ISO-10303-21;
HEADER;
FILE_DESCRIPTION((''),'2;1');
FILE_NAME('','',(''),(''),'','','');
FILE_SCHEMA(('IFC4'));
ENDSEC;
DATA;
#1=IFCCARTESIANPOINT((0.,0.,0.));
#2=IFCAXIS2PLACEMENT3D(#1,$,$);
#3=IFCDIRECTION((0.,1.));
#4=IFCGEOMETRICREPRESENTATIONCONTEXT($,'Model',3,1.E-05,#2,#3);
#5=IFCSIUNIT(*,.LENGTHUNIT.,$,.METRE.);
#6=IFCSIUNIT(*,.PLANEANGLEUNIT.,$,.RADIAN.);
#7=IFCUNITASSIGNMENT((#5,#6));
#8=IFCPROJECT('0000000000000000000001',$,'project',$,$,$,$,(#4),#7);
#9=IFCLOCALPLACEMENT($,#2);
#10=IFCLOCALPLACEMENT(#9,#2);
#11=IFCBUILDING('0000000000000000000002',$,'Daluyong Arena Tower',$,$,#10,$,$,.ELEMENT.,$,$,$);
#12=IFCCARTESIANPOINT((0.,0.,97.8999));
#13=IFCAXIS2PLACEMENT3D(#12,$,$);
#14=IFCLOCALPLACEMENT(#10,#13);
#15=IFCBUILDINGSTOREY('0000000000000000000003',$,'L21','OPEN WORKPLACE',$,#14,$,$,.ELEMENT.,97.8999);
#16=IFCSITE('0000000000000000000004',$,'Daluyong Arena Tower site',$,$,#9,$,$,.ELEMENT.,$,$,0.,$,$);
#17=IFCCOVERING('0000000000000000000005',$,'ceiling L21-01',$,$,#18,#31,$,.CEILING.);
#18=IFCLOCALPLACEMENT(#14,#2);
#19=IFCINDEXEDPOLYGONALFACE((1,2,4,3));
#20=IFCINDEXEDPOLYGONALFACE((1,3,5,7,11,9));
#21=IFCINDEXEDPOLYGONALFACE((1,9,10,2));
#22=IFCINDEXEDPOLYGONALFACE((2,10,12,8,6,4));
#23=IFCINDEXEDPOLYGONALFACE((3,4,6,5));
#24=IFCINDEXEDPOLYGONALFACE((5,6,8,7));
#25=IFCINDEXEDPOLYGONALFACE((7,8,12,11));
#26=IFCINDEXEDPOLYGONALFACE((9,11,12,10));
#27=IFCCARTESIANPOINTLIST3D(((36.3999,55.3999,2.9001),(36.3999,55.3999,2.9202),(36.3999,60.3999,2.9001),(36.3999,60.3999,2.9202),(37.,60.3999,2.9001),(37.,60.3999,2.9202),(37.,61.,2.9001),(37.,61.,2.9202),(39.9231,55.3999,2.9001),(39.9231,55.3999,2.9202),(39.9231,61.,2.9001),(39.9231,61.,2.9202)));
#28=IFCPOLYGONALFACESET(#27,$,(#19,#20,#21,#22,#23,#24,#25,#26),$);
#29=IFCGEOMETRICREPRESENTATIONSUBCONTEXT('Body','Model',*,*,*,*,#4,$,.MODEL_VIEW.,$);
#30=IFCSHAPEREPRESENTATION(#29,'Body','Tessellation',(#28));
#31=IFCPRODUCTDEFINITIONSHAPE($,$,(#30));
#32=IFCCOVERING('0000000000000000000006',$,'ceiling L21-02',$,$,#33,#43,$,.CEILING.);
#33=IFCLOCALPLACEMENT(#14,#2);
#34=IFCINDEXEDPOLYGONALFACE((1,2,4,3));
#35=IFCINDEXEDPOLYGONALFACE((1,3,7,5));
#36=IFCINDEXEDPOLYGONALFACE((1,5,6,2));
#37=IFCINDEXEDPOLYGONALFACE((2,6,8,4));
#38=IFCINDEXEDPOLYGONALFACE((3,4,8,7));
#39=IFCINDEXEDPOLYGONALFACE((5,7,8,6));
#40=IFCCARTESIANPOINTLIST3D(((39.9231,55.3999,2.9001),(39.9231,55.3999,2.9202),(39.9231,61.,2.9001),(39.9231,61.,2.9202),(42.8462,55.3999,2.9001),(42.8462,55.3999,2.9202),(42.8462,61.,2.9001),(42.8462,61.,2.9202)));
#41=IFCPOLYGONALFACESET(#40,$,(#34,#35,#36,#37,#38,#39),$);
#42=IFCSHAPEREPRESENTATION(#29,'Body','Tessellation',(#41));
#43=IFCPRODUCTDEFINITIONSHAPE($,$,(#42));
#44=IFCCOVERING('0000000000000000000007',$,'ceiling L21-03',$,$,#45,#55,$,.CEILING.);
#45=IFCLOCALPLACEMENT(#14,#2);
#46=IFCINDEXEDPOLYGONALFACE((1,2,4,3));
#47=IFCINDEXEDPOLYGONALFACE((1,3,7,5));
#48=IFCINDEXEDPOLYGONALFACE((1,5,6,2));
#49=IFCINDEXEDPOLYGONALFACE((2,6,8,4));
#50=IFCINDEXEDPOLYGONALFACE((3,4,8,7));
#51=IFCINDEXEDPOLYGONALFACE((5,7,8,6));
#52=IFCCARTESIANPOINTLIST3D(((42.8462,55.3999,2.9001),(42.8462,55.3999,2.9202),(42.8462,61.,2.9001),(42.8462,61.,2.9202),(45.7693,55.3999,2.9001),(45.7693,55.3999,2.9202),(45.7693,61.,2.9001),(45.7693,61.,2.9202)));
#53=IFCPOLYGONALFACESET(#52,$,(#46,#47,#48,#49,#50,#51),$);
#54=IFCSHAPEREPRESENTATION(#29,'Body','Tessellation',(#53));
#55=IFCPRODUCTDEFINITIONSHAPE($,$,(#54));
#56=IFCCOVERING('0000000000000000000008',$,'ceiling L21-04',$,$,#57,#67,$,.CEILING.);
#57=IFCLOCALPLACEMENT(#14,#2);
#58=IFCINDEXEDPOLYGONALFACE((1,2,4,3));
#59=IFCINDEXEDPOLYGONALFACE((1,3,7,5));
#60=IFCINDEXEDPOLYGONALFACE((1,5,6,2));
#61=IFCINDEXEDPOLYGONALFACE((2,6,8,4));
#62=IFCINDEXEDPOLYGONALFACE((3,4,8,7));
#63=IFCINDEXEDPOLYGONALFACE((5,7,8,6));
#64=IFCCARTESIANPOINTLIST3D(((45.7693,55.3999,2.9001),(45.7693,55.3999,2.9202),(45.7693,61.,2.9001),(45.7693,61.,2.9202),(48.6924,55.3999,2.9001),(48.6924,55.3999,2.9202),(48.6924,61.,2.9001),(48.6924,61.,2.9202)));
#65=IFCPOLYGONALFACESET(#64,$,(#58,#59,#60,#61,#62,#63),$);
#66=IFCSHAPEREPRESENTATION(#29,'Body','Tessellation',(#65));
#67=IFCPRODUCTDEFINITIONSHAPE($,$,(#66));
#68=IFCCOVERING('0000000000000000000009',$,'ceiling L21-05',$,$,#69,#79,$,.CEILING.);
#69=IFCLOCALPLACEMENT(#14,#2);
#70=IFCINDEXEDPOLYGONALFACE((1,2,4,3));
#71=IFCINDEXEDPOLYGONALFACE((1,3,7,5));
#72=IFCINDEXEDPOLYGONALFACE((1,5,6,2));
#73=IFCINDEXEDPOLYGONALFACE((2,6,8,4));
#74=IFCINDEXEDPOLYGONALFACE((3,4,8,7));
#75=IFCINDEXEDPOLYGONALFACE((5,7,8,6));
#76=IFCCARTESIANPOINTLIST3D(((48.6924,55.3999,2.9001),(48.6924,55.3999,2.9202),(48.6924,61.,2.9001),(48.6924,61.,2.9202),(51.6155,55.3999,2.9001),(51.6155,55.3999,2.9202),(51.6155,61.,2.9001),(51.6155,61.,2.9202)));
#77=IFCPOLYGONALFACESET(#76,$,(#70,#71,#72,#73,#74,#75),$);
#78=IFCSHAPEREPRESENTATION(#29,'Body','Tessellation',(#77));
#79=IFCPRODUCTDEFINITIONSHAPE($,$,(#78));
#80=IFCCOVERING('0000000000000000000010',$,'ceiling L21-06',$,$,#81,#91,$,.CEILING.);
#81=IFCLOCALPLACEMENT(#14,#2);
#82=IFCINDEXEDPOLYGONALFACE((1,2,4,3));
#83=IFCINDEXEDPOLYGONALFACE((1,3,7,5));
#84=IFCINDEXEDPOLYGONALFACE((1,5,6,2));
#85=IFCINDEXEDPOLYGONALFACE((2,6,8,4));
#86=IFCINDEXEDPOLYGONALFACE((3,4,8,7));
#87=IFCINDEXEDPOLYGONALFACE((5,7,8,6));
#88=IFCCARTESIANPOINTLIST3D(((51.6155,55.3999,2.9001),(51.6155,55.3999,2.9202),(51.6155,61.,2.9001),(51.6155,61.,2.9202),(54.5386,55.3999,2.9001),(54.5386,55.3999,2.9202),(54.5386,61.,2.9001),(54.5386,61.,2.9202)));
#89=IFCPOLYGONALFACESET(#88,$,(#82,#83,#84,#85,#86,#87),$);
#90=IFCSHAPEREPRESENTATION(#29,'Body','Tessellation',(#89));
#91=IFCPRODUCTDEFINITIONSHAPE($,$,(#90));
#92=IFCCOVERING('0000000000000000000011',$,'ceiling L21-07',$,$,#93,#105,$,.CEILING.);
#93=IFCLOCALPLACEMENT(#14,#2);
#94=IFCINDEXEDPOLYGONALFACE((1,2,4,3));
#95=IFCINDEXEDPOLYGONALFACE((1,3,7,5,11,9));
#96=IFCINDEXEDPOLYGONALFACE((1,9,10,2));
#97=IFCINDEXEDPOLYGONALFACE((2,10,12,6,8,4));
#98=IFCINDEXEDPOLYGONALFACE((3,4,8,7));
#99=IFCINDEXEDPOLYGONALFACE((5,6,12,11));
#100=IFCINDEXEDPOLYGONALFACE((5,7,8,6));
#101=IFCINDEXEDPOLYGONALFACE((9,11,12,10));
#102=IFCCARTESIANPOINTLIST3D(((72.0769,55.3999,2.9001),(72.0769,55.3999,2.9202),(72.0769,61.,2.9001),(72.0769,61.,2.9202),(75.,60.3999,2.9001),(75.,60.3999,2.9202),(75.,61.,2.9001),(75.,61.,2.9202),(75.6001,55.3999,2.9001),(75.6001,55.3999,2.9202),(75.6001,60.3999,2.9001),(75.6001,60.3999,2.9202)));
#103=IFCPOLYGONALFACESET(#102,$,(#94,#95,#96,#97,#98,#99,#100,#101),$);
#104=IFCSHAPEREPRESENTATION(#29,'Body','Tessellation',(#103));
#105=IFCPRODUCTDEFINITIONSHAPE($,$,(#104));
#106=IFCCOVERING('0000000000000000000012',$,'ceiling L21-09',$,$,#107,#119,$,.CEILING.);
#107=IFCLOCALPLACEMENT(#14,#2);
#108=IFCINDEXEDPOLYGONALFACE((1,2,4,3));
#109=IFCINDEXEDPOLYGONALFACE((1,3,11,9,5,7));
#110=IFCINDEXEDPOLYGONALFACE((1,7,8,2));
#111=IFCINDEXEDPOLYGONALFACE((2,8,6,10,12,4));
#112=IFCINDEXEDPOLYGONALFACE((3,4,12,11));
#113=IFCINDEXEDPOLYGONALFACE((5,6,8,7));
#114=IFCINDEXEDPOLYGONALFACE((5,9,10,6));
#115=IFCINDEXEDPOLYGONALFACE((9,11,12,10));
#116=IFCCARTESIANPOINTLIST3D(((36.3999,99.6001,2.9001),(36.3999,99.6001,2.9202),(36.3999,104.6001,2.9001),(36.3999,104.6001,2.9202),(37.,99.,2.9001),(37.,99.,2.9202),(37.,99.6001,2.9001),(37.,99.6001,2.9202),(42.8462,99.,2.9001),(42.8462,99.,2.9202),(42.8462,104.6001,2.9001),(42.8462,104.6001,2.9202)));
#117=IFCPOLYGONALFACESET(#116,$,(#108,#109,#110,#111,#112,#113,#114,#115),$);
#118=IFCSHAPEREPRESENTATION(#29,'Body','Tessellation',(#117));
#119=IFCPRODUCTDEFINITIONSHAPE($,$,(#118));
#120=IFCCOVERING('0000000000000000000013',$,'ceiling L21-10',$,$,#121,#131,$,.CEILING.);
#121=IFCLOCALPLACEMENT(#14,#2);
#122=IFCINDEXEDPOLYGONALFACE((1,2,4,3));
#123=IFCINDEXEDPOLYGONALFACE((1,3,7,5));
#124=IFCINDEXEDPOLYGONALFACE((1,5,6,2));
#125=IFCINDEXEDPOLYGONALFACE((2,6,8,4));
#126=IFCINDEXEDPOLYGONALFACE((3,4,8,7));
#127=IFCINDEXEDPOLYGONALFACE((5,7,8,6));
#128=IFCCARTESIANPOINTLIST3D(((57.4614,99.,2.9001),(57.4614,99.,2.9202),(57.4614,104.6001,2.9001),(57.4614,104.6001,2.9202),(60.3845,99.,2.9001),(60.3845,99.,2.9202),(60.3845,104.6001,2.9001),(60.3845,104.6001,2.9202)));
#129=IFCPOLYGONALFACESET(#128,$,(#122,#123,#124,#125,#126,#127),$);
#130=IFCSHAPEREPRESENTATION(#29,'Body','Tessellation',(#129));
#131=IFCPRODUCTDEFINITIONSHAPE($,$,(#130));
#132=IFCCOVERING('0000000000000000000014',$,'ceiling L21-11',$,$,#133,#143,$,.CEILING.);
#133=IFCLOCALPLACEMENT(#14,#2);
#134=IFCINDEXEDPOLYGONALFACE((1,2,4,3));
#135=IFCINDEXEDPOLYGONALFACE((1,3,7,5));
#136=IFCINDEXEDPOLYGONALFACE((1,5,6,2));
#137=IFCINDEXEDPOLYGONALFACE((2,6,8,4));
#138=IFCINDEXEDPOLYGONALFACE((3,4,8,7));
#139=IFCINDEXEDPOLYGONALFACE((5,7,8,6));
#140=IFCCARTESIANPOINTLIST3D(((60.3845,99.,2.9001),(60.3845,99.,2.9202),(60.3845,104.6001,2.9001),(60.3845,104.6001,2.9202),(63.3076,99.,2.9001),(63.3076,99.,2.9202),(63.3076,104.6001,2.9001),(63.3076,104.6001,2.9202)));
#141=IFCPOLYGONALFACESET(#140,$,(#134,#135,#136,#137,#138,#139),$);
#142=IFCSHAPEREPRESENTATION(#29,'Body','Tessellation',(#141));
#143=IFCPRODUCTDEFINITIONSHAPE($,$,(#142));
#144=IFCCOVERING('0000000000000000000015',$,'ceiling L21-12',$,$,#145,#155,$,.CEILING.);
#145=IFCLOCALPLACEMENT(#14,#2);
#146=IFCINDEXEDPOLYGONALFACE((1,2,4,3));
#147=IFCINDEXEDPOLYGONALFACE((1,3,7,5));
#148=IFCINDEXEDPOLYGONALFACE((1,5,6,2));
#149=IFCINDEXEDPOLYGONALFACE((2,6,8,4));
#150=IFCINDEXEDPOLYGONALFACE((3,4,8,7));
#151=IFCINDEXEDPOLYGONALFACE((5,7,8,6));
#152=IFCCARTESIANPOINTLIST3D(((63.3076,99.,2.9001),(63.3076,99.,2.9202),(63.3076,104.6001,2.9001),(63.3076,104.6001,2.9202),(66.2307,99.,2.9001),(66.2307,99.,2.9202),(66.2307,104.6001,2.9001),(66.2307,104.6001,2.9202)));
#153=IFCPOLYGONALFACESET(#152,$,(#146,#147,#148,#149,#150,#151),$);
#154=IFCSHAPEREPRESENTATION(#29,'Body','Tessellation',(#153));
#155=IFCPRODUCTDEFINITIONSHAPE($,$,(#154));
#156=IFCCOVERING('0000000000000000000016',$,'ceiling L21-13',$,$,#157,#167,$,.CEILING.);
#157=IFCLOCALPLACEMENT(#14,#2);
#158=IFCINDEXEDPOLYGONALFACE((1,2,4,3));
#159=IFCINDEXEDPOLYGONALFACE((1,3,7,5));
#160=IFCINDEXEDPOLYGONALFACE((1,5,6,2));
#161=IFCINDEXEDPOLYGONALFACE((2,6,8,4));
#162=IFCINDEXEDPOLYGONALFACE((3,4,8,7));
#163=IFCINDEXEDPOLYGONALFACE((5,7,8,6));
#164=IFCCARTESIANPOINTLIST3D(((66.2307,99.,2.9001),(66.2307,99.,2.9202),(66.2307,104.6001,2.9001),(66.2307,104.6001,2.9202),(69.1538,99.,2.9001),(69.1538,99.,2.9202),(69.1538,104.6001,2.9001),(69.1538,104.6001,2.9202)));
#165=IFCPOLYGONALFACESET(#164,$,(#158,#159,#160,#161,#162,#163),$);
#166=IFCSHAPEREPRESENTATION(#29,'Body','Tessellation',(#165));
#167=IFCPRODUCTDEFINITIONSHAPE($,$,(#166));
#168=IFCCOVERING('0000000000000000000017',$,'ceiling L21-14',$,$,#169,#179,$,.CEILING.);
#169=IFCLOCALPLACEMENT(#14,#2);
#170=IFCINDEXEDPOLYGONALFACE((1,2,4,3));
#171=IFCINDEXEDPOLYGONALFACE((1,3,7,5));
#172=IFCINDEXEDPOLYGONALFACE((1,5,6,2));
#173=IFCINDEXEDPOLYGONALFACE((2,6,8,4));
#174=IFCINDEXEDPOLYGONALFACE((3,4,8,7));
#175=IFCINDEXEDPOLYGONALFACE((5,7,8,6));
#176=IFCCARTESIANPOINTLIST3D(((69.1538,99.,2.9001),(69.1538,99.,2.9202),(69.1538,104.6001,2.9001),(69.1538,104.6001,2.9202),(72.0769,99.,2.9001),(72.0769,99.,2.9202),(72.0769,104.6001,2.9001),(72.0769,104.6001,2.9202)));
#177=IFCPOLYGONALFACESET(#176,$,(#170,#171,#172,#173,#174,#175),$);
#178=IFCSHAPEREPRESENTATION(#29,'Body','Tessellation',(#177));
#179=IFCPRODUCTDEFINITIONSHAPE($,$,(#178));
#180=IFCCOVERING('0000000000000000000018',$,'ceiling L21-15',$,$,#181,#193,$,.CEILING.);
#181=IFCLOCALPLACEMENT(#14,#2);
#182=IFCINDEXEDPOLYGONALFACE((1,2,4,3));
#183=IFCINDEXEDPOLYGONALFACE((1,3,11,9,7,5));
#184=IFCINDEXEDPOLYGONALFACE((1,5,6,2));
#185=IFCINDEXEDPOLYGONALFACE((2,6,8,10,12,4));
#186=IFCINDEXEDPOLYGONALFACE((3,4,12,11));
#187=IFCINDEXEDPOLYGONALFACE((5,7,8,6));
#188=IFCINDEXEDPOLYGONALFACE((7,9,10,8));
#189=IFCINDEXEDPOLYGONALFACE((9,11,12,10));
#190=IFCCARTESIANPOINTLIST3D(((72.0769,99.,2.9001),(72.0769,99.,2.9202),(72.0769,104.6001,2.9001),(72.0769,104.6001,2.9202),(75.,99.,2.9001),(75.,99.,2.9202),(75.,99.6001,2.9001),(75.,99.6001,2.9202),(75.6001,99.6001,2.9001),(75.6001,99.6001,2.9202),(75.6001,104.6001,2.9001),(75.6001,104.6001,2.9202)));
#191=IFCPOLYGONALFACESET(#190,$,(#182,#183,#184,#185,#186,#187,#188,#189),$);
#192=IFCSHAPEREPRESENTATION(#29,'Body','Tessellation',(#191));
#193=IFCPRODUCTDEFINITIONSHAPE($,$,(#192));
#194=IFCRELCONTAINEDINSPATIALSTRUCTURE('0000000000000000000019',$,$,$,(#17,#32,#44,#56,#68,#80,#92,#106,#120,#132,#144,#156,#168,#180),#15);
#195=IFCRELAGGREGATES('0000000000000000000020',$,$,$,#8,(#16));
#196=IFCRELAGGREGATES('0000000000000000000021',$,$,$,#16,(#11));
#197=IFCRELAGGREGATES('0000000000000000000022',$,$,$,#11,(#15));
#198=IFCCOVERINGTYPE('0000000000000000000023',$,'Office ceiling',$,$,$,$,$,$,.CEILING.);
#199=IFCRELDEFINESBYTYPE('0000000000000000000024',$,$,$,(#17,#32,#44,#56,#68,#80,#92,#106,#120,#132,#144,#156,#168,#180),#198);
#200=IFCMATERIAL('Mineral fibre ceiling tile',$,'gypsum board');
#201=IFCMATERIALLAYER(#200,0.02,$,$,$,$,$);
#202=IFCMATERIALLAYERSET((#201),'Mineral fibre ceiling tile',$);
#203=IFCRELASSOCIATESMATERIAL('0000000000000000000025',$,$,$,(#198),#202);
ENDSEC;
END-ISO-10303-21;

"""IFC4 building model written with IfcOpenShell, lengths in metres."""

from ifc_helpers import new_model, si_unit, direction, frame, origin, place, context, subcontext, project, spatial, polyline, outline, extrude, material, layer, layer_set, type_object, element, save


model = new_model("IFC4")

# Units and contexts
model_context = context("Model", 3, precision=1e-05, world=origin(), true_north=direction((0.0, 1.0)))
body_context = subcontext(model_context, "Body", "Model", "MODEL_VIEW")
ifc_project = project(units=[si_unit("LENGTHUNIT", "METRE"), si_unit("PLANEANGLEUNIT", "RADIAN")], contexts=[model_context])

# Site, building, storey
site_placement = place(None, origin())
site = spatial("IfcSite", under=ifc_project, at=site_placement, Name="Daluyong Arena Tower site", CompositionType="ELEMENT", RefElevation=0.0)
building_placement = place(site_placement, origin())
building = spatial("IfcBuilding", under=site, at=building_placement, Name="Daluyong Arena Tower", CompositionType="ELEMENT")
storey_placement = place(building_placement, frame((0.0, 0.0, 97.8999)))
storey = spatial("IfcBuildingStorey", under=building, at=storey_placement, Name="L21", Description="OPEN WORKPLACE", CompositionType="ELEMENT", Elevation=97.8999)

# Coverings
ifc_material_1 = material(Name="Mineral fibre ceiling tile", Category="gypsum board")
ifc_layer_1 = layer(ifc_material_1, 0.02)
ifc_layer_set_1 = layer_set([ifc_layer_1], Name="Mineral fibre ceiling tile")
covering_type = type_object("IfcCoveringType", Name="Office ceiling", PredefinedType="CEILING", material=ifc_layer_set_1)
covering_1_placement = place(storey_placement, frame((0.0, 0.0, 2.9001)))
element("IfcCovering", 1, at=covering_1_placement, inside=storey, type_object=covering_type, Name="ceiling L21-01", PredefinedType="CEILING", context=body_context, shape_type="SweptSolid", body=[
    extrude(outline(polyline([(36.3999, 60.3999), (36.3999, 55.3999), (39.9231, 55.3999), (39.9231, 61.0), (37.0, 61.0), (37.0, 60.3999), (36.3999, 60.3999)])), origin(), (0.0, 0.0, 1.0), 0.02),
])
covering_2_placement = place(storey_placement, frame((0.0, 0.0, 2.9001)))
element("IfcCovering", 2, at=covering_2_placement, inside=storey, type_object=covering_type, Name="ceiling L21-02", PredefinedType="CEILING", context=body_context, shape_type="SweptSolid", body=[
    extrude(outline(polyline([(39.9231, 61.0), (39.9231, 55.3999), (42.8462, 55.3999), (42.8462, 61.0), (39.9231, 61.0)])), origin(), (0.0, 0.0, 1.0), 0.02),
])
covering_3_placement = place(storey_placement, frame((0.0, 0.0, 2.9001)))
element("IfcCovering", 3, at=covering_3_placement, inside=storey, type_object=covering_type, Name="ceiling L21-03", PredefinedType="CEILING", context=body_context, shape_type="SweptSolid", body=[
    extrude(outline(polyline([(42.8462, 61.0), (42.8462, 55.3999), (45.7693, 55.3999), (45.7693, 61.0), (42.8462, 61.0)])), origin(), (0.0, 0.0, 1.0), 0.02),
])
covering_4_placement = place(storey_placement, frame((0.0, 0.0, 2.9001)))
element("IfcCovering", 4, at=covering_4_placement, inside=storey, type_object=covering_type, Name="ceiling L21-04", PredefinedType="CEILING", context=body_context, shape_type="SweptSolid", body=[
    extrude(outline(polyline([(45.7693, 61.0), (45.7693, 55.3999), (48.6924, 55.3999), (48.6924, 61.0), (45.7693, 61.0)])), origin(), (0.0, 0.0, 1.0), 0.02),
])
covering_5_placement = place(storey_placement, frame((0.0, 0.0, 2.9001)))
element("IfcCovering", 5, at=covering_5_placement, inside=storey, type_object=covering_type, Name="ceiling L21-05", PredefinedType="CEILING", context=body_context, shape_type="SweptSolid", body=[
    extrude(outline(polyline([(48.6924, 61.0), (48.6924, 55.3999), (51.6155, 55.3999), (51.6155, 61.0), (48.6924, 61.0)])), origin(), (0.0, 0.0, 1.0), 0.02),
])
covering_6_placement = place(storey_placement, frame((0.0, 0.0, 2.9001)))
element("IfcCovering", 6, at=covering_6_placement, inside=storey, type_object=covering_type, Name="ceiling L21-06", PredefinedType="CEILING", context=body_context, shape_type="SweptSolid", body=[
    extrude(outline(polyline([(51.6155, 61.0), (51.6155, 55.3999), (54.5386, 55.3999), (54.5386, 61.0), (51.6155, 61.0)])), origin(), (0.0, 0.0, 1.0), 0.02),
])
covering_7_placement = place(storey_placement, frame((0.0, 0.0, 2.9001)))
element("IfcCovering", 7, at=covering_7_placement, inside=storey, type_object=covering_type, Name="ceiling L21-07", PredefinedType="CEILING", context=body_context, shape_type="SweptSolid", body=[
    extrude(outline(polyline([(75.6001, 55.3999), (75.6001, 60.3999), (75.0, 60.3999), (75.0, 61.0), (72.0769, 61.0), (72.0769, 55.3999), (75.6001, 55.3999)])), origin(), (0.0, 0.0, 1.0), 0.02),
])
covering_8_placement = place(storey_placement, frame((0.0, 0.0, 2.9001)))
element("IfcCovering", 8, at=covering_8_placement, inside=storey, type_object=covering_type, Name="ceiling L21-09", PredefinedType="CEILING", context=body_context, shape_type="SweptSolid", body=[
    extrude(outline(polyline([(42.8462, 99.0), (42.8462, 104.6001), (36.3999, 104.6001), (36.3999, 99.6001), (37.0, 99.6001), (37.0, 99.0), (42.8462, 99.0)])), origin(), (0.0, 0.0, 1.0), 0.02),
])
covering_9_placement = place(storey_placement, frame((0.0, 0.0, 2.9001)))
element("IfcCovering", 9, at=covering_9_placement, inside=storey, type_object=covering_type, Name="ceiling L21-10", PredefinedType="CEILING", context=body_context, shape_type="SweptSolid", body=[
    extrude(outline(polyline([(60.3845, 99.0), (60.3845, 104.6001), (57.4614, 104.6001), (57.4614, 99.0), (60.3845, 99.0)])), origin(), (0.0, 0.0, 1.0), 0.02),
])
covering_10_placement = place(storey_placement, frame((0.0, 0.0, 2.9001)))
element("IfcCovering", 10, at=covering_10_placement, inside=storey, type_object=covering_type, Name="ceiling L21-11", PredefinedType="CEILING", context=body_context, shape_type="SweptSolid", body=[
    extrude(outline(polyline([(63.3076, 99.0), (63.3076, 104.6001), (60.3845, 104.6001), (60.3845, 99.0), (63.3076, 99.0)])), origin(), (0.0, 0.0, 1.0), 0.02),
])
covering_11_placement = place(storey_placement, frame((0.0, 0.0, 2.9001)))
element("IfcCovering", 11, at=covering_11_placement, inside=storey, type_object=covering_type, Name="ceiling L21-12", PredefinedType="CEILING", context=body_context, shape_type="SweptSolid", body=[
    extrude(outline(polyline([(66.2307, 99.0), (66.2307, 104.6001), (63.3076, 104.6001), (63.3076, 99.0), (66.2307, 99.0)])), origin(), (0.0, 0.0, 1.0), 0.02),
])
covering_12_placement = place(storey_placement, frame((0.0, 0.0, 2.9001)))
element("IfcCovering", 12, at=covering_12_placement, inside=storey, type_object=covering_type, Name="ceiling L21-13", PredefinedType="CEILING", context=body_context, shape_type="SweptSolid", body=[
    extrude(outline(polyline([(69.1538, 99.0), (69.1538, 104.6001), (66.2307, 104.6001), (66.2307, 99.0), (69.1538, 99.0)])), origin(), (0.0, 0.0, 1.0), 0.02),
])
covering_13_placement = place(storey_placement, frame((0.0, 0.0, 2.9001)))
element("IfcCovering", 13, at=covering_13_placement, inside=storey, type_object=covering_type, Name="ceiling L21-14", PredefinedType="CEILING", context=body_context, shape_type="SweptSolid", body=[
    extrude(outline(polyline([(72.0769, 99.0), (72.0769, 104.6001), (69.1538, 104.6001), (69.1538, 99.0), (72.0769, 99.0)])), origin(), (0.0, 0.0, 1.0), 0.02),
])
covering_14_placement = place(storey_placement, frame((0.0, 0.0, 2.9001)))
element("IfcCovering", 14, at=covering_14_placement, inside=storey, type_object=covering_type, Name="ceiling L21-15", PredefinedType="CEILING", context=body_context, shape_type="SweptSolid", body=[
    extrude(outline(polyline([(72.0769, 99.0), (75.0, 99.0), (75.0, 99.6001), (75.6001, 99.6001), (75.6001, 104.6001), (72.0769, 104.6001), (72.0769, 99.0)])), origin(), (0.0, 0.0, 1.0), 0.02),
])

save(model, "model.ifc")
